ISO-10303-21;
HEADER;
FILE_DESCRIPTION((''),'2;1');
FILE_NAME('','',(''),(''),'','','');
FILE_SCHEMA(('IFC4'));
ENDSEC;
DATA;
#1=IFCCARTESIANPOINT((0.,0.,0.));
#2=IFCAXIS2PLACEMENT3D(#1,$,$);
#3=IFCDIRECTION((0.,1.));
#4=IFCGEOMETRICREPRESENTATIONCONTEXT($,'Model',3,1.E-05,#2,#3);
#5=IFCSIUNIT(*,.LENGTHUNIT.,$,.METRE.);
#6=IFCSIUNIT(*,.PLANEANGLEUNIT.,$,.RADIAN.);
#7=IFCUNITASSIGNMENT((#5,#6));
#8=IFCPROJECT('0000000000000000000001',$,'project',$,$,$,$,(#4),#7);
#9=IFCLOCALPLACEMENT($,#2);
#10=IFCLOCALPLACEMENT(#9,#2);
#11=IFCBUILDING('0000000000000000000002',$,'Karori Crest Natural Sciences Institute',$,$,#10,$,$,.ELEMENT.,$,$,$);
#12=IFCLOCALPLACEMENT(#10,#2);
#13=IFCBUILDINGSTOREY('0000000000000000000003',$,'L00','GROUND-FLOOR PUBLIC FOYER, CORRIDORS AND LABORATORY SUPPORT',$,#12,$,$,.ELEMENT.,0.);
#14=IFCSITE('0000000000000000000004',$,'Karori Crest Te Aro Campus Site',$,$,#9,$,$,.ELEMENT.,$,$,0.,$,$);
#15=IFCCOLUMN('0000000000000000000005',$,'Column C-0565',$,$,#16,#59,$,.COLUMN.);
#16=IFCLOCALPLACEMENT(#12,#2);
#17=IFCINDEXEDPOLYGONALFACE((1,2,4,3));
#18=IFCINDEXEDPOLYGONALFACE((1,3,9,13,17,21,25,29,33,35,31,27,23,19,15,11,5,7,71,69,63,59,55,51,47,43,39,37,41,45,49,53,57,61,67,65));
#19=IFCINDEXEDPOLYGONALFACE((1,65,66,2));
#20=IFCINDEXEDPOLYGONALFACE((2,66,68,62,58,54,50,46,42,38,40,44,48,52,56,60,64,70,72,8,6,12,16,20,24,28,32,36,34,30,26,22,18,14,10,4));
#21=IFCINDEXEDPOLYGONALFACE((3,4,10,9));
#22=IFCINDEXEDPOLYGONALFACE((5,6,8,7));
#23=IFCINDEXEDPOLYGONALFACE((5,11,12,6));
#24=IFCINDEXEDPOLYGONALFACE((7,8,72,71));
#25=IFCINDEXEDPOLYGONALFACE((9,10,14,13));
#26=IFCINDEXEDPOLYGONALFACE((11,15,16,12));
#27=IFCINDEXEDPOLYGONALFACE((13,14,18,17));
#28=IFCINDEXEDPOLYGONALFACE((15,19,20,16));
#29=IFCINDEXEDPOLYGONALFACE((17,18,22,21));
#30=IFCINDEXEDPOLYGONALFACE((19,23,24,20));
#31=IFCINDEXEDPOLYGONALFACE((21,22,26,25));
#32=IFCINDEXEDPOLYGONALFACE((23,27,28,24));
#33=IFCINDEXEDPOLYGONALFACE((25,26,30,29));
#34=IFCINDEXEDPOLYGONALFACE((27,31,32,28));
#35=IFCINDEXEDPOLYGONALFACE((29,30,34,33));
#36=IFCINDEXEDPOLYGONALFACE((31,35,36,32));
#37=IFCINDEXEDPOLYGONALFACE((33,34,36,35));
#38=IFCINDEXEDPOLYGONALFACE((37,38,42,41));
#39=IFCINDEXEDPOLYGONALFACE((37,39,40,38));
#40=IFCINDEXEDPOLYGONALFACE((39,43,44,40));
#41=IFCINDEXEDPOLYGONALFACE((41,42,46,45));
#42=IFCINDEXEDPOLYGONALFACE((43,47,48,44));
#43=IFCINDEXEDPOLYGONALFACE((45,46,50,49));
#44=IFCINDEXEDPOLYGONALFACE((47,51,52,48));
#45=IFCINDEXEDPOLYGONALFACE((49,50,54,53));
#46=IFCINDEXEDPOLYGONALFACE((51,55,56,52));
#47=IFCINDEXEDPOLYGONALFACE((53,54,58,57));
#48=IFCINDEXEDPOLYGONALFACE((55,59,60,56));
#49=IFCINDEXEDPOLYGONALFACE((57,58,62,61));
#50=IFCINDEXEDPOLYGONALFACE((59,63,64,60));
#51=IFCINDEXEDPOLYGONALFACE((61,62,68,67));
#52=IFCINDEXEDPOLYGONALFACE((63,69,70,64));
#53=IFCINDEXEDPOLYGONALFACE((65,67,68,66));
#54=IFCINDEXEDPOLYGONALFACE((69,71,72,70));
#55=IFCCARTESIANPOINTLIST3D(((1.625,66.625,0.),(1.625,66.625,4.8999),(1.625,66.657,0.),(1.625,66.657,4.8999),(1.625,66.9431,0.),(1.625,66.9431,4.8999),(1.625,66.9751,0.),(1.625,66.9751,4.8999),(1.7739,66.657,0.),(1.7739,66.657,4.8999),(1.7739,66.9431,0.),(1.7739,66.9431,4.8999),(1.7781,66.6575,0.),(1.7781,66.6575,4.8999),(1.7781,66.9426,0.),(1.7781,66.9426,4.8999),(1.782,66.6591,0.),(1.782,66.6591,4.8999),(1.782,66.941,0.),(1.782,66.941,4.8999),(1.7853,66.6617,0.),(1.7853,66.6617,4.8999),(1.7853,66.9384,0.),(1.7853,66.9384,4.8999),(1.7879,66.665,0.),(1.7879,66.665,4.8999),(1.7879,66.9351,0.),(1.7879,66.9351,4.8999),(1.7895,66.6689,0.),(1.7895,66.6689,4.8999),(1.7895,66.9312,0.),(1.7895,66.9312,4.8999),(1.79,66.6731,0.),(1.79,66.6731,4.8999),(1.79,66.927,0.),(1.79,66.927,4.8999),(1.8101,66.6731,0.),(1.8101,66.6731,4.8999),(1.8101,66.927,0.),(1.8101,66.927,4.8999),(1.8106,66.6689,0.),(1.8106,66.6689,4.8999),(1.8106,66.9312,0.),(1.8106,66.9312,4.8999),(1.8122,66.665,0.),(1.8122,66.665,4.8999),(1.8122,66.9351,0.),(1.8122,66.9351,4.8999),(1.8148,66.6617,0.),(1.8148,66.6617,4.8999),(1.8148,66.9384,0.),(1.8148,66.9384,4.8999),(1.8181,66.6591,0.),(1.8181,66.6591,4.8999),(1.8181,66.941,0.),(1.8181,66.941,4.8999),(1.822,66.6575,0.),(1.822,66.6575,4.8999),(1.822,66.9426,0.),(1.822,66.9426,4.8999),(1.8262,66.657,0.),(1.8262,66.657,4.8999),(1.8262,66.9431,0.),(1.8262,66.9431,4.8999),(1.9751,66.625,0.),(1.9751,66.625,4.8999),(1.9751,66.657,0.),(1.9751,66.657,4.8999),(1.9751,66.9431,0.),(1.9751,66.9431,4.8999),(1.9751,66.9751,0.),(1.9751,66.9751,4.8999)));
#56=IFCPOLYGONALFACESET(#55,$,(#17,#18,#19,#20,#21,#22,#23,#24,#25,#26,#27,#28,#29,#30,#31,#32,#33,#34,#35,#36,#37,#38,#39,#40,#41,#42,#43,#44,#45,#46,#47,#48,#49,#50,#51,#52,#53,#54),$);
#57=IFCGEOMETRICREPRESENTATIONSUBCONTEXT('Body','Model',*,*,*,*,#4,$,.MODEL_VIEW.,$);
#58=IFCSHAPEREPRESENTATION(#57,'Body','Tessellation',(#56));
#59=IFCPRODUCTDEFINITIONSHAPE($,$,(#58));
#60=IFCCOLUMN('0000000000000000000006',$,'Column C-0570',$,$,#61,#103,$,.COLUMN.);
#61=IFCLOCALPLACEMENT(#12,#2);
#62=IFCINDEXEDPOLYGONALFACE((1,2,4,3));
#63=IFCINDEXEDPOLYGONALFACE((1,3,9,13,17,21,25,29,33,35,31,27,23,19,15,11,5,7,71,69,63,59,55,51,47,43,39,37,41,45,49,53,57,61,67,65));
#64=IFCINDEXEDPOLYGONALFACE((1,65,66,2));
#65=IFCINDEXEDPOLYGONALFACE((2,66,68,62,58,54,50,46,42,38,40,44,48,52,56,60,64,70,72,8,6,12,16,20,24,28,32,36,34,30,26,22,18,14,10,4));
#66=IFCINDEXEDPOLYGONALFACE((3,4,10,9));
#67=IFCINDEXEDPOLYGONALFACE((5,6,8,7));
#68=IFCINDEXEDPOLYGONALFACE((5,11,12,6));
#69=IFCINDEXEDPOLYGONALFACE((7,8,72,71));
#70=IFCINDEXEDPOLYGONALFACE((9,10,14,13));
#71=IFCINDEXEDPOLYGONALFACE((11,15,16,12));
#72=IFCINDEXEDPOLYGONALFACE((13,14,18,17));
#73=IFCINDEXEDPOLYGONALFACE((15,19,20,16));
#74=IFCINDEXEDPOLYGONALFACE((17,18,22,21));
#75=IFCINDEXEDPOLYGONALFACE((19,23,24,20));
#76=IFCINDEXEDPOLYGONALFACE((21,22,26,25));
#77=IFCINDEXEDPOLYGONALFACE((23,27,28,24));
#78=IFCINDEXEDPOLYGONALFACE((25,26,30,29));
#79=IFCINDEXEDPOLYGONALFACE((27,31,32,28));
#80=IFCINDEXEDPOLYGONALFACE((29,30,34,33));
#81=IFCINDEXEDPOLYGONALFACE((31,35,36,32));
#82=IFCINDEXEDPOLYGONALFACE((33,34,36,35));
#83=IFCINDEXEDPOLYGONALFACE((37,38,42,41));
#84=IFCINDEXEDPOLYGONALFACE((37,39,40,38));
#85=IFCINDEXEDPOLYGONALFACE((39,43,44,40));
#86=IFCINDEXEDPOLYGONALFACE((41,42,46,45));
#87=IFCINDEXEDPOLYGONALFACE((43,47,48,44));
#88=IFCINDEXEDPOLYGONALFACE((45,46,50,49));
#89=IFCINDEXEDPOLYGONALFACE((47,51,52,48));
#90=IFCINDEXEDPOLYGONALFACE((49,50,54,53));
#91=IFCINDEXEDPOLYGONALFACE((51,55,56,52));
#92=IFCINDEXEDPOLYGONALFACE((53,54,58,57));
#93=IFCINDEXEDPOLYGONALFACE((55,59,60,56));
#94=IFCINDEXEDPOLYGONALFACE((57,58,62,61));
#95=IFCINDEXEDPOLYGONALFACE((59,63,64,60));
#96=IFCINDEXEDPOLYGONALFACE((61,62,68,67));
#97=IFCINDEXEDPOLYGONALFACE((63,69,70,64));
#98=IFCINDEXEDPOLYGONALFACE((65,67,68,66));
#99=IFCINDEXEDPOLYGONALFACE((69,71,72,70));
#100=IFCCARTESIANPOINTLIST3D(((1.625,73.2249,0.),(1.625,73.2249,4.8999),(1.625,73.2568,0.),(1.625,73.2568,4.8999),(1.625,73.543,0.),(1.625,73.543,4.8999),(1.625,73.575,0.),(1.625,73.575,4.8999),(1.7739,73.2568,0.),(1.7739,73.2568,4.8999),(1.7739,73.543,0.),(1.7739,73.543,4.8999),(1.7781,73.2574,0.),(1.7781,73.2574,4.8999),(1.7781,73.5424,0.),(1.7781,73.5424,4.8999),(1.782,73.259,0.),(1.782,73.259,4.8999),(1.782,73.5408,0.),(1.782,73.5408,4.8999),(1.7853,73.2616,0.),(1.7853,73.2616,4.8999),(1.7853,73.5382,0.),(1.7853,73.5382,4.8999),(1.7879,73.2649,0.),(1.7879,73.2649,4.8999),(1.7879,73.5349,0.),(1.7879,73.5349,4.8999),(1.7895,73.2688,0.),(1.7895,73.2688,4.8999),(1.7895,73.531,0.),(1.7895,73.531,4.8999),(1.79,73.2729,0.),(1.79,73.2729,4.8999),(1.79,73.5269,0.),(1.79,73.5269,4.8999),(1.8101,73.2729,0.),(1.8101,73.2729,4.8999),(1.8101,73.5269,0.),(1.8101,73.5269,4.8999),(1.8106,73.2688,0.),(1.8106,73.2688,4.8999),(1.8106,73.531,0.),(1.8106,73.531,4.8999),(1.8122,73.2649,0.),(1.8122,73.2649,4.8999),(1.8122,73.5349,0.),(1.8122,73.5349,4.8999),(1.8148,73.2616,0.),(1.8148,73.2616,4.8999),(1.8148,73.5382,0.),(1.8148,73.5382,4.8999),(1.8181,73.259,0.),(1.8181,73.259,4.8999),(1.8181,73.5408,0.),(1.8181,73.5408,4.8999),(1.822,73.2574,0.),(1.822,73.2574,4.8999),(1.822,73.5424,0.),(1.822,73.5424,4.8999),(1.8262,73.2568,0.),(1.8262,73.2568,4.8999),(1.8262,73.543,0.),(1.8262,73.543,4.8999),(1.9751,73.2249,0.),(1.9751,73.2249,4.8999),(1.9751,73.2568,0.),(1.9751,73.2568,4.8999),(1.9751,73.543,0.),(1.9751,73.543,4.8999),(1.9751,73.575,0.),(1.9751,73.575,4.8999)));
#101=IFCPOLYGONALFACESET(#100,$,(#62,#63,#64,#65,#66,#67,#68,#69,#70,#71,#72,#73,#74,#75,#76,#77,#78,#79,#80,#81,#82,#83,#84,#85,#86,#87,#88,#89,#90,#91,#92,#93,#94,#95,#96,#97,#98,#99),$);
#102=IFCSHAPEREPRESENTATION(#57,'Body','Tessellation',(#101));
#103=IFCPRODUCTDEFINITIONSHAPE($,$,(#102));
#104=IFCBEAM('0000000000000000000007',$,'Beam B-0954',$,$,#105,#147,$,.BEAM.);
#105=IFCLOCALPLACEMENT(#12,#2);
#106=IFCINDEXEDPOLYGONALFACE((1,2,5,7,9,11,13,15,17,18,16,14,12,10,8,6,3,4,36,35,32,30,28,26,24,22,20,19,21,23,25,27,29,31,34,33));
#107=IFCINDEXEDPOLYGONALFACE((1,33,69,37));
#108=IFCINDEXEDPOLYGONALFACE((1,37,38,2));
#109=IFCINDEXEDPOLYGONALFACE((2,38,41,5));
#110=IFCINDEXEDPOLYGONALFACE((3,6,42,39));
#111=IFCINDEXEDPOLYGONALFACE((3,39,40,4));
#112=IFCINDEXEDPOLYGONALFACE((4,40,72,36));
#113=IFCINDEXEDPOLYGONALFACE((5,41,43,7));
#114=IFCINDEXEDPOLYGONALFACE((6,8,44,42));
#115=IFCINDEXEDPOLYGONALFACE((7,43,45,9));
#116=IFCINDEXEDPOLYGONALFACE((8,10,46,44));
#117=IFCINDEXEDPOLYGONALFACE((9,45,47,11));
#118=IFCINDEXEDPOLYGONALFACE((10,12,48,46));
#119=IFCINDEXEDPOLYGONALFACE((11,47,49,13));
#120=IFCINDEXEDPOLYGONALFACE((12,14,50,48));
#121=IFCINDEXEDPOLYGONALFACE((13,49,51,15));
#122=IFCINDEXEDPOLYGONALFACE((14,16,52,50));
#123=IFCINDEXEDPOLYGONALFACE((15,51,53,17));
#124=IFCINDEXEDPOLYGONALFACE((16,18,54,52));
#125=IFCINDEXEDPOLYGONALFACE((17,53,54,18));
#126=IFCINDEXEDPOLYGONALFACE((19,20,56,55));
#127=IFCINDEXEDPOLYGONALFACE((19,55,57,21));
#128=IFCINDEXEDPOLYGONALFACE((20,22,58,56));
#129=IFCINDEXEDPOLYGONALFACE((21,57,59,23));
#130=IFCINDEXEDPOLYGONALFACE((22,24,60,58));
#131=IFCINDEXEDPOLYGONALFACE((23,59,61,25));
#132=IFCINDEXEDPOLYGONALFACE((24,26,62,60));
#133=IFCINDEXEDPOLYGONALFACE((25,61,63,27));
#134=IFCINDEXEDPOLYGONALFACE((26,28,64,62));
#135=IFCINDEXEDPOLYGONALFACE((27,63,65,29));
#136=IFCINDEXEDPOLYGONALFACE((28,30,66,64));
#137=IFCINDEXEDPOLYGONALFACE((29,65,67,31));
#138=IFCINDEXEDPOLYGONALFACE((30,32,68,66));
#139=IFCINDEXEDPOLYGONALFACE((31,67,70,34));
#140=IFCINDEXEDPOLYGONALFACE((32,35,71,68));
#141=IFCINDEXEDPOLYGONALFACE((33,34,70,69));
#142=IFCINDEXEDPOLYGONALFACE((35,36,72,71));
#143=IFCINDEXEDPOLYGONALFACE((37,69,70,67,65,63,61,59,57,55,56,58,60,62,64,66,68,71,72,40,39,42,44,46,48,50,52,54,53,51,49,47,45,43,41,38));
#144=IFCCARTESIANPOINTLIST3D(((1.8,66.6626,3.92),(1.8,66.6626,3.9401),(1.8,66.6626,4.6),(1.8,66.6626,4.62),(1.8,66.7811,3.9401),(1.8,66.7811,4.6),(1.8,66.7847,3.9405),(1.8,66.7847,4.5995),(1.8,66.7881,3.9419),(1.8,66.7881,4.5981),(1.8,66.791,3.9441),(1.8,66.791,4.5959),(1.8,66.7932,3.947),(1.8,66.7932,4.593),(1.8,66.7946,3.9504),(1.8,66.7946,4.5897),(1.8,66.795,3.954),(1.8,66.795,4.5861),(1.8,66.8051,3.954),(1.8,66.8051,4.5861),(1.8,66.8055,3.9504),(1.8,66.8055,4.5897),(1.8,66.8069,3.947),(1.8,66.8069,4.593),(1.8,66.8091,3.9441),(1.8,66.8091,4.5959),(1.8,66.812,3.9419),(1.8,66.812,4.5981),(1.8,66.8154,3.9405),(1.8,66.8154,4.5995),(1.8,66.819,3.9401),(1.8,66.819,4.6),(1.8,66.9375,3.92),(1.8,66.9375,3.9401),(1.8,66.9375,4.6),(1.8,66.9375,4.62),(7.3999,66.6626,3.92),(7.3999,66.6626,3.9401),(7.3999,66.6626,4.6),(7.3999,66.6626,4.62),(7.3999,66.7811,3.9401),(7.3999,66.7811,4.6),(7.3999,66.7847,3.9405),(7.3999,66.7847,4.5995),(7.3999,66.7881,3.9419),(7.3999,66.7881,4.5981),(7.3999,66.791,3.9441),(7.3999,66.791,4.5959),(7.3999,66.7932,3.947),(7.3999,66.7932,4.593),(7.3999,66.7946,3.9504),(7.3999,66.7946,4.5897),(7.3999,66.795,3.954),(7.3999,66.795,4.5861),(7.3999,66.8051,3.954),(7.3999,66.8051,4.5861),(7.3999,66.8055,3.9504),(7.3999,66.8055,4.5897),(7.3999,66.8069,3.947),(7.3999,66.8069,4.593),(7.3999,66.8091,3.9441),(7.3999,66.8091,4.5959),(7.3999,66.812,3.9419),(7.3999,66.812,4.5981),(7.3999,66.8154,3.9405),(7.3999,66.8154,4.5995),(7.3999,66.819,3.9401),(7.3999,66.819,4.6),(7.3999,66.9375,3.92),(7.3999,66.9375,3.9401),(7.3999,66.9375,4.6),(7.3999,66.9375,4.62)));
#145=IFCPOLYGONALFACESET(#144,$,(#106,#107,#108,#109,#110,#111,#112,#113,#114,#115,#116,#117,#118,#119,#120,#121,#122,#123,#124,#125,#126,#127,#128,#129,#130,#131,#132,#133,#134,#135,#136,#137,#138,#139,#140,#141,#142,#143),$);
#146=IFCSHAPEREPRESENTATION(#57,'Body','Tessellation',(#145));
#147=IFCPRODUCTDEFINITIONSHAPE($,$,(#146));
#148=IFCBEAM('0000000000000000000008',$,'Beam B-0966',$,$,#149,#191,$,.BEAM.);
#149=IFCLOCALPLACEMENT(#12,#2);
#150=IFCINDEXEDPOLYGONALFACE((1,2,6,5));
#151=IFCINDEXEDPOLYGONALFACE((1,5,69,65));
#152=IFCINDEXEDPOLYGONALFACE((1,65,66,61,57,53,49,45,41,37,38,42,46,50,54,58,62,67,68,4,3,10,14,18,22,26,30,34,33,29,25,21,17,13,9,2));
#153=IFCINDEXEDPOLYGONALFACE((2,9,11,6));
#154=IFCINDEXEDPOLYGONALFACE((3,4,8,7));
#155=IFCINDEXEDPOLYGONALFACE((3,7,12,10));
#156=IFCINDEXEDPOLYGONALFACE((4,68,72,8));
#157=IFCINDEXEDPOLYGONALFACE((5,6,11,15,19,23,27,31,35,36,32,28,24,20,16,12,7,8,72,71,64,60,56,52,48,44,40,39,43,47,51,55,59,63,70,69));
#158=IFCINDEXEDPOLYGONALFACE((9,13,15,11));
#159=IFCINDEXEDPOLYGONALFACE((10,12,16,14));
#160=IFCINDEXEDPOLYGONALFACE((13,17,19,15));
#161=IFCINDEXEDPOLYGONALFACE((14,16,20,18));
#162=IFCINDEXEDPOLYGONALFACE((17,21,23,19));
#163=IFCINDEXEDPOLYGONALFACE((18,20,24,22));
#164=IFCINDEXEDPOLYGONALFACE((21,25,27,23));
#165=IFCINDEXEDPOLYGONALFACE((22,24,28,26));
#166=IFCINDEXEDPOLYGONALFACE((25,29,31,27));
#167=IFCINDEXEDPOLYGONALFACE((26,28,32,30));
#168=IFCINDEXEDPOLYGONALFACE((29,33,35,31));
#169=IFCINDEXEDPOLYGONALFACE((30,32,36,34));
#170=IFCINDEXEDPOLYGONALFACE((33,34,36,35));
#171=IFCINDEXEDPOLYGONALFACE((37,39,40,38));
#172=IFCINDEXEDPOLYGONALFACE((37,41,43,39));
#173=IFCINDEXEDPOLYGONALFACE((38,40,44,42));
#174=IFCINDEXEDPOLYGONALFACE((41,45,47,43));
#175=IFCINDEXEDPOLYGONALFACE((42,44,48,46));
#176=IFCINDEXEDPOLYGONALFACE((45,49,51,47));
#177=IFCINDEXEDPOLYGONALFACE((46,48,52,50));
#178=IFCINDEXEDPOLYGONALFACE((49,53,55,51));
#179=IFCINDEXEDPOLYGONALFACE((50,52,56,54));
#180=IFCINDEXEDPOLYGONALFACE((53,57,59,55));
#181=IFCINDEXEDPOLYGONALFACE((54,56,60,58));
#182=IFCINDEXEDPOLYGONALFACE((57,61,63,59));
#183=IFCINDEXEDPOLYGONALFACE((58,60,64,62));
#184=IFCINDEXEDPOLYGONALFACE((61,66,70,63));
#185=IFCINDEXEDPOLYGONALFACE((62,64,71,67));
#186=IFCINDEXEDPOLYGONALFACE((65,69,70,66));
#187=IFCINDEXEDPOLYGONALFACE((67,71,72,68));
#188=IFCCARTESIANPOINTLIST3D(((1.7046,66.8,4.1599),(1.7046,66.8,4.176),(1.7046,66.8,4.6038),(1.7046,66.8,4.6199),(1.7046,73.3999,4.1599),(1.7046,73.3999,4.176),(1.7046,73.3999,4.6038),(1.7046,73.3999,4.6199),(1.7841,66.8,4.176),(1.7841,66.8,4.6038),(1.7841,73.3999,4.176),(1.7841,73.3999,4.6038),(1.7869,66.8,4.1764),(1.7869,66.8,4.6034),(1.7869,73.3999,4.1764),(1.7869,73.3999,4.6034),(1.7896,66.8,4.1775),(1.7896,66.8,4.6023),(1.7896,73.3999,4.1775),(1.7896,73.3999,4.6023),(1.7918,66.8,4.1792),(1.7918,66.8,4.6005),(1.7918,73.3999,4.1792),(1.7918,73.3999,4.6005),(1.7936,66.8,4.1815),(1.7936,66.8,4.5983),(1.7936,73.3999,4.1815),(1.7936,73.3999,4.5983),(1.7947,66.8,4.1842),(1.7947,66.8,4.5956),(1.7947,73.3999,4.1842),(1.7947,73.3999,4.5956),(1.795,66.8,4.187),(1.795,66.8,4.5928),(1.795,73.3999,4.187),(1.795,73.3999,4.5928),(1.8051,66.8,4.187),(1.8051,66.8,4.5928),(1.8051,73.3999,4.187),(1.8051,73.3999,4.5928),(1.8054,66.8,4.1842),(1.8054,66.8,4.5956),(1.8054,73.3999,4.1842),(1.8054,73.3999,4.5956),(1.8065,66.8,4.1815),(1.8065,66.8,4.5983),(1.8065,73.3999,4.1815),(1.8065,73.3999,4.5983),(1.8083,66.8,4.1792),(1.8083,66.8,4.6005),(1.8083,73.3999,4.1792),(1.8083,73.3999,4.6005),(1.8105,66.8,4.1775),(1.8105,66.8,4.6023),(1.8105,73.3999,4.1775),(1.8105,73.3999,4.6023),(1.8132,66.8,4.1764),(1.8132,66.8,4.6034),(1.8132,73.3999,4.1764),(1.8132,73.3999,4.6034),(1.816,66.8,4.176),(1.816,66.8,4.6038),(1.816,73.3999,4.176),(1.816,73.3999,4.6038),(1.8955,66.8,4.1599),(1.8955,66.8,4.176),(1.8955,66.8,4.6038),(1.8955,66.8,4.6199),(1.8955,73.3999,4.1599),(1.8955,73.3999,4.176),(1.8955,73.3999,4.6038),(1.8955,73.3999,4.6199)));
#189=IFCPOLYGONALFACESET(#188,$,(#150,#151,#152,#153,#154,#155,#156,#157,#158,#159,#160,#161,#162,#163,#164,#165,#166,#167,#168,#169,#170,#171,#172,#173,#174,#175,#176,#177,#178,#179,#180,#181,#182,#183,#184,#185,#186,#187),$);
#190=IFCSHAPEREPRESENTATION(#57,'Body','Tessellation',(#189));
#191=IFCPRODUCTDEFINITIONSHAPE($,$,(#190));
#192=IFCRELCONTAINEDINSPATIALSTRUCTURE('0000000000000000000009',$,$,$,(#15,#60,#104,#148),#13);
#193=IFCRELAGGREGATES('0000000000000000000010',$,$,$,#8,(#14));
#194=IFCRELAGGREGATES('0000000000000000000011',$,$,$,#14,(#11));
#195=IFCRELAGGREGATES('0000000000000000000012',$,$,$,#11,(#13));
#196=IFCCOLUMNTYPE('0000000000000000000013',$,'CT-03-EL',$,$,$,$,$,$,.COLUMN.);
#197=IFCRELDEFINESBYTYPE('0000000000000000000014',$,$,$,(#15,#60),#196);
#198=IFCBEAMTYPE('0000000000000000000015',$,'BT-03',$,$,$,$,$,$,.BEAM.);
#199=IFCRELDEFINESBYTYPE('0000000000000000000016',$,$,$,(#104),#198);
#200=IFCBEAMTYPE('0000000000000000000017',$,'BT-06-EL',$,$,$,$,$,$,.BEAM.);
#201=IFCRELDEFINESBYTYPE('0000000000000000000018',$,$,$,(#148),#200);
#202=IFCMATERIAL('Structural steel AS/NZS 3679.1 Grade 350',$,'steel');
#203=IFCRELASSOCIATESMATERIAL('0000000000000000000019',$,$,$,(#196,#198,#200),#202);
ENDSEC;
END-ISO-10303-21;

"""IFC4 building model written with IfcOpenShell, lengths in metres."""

from ifc_helpers import new_model, si_unit, direction, frame, origin, origin_2d, place, context, subcontext, project, spatial, i_section, extrude, material, material_profile, profile_set, type_object, element, save


model = new_model("IFC4")

# Units and contexts
model_context = context("Model", 3, precision=1e-05, world=origin(), true_north=direction((0.0, 1.0)))
body_context = subcontext(model_context, "Body", "Model", "MODEL_VIEW")
ifc_project = project(units=[si_unit("LENGTHUNIT", "METRE"), si_unit("PLANEANGLEUNIT", "RADIAN")], contexts=[model_context])

# Site, building, storey
site_placement = place(None, origin())
site = spatial("IfcSite", under=ifc_project, at=site_placement, Name="Karori Crest Te Aro Campus Site", CompositionType="ELEMENT", RefElevation=0.0)
building_placement = place(site_placement, origin())
building = spatial("IfcBuilding", under=site, at=building_placement, Name="Karori Crest Natural Sciences Institute", CompositionType="ELEMENT")
storey_placement = place(building_placement, origin())
storey = spatial("IfcBuildingStorey", under=building, at=storey_placement, Name="L00", Description="GROUND-FLOOR PUBLIC FOYER, CORRIDORS AND LABORATORY SUPPORT", CompositionType="ELEMENT", Elevation=0.0)

# Columns
ifc_material_1 = material(Name="Structural steel AS/NZS 3679.1 Grade 350", Category="steel")
ifc_material_profile_1 = material_profile(ifc_material_1, i_section(OverallWidth=0.3501, OverallDepth=0.3501, WebThickness=0.02, FlangeThickness=0.032, FilletRadius=0.0161, at=origin_2d()), Name="350WC280")
ifc_profile_set_1 = profile_set([ifc_material_profile_1], Name="Structural steel AS/NZS 3679.1 Grade 350")
column_type = type_object("IfcColumnType", Name="CT-03-EL", PredefinedType="COLUMN", material=ifc_profile_set_1)
for number, where, z_axis, x_axis, name in (
    (1, (1.8, 66.8, 0.0), (0.0, 0.0, 1.0), (1.0, 0.0, 0.0), "Column C-0565"),
    (2, (1.8, 73.3999, 0.0), (0.0, 0.0, 1.0), (1.0, 0.0, 0.0), "Column C-0570"),
):
    element("IfcColumn", number, at=place(storey_placement, frame(where, z_axis=z_axis, x_axis=x_axis)), inside=storey, type_object=column_type, Name=name, PredefinedType="COLUMN", context=body_context, shape_type="SweptSolid", body=[
        extrude(i_section(OverallWidth=0.3501, OverallDepth=0.3501, WebThickness=0.02, FlangeThickness=0.032, FilletRadius=0.0161, at=origin_2d()), origin(), (0.0, 0.0, 1.0), 4.8999),
    ])

# Beams
ifc_material_profile_2 = material_profile(ifc_material_1, i_section(OverallWidth=0.2749, OverallDepth=0.7, WebThickness=0.01, FlangeThickness=0.02, FilletRadius=0.0139, at=origin_2d()), Name="700WB150")
ifc_profile_set_2 = profile_set([ifc_material_profile_2], Name="Structural steel AS/NZS 3679.1 Grade 350")
beam_type_1 = type_object("IfcBeamType", Name="BT-03", PredefinedType="BEAM", material=ifc_profile_set_2)
beam_1_placement = place(storey_placement, frame((1.8, 66.8, 4.27), z_axis=(1.0, 0.0, 0.0), x_axis=(0.0, 1.0, 0.0)))
element("IfcBeam", 3, at=beam_1_placement, inside=storey, type_object=beam_type_1, Name="Beam B-0954", PredefinedType="BEAM", context=body_context, shape_type="SweptSolid", body=[
    extrude(i_section(OverallWidth=0.2749, OverallDepth=0.7, WebThickness=0.01, FlangeThickness=0.02, FilletRadius=0.0139, at=origin_2d()), origin(), (0.0, 0.0, 1.0), 5.5999),
])
ifc_material_profile_3 = material_profile(ifc_material_1, i_section(OverallWidth=0.1909, OverallDepth=0.46, WebThickness=0.01, FlangeThickness=0.0161, FilletRadius=0.011, at=origin_2d()), Name="460UB82.1")
ifc_profile_set_3 = profile_set([ifc_material_profile_3], Name="Structural steel AS/NZS 3679.1 Grade 350")
beam_type_2 = type_object("IfcBeamType", Name="BT-06-EL", PredefinedType="BEAM", material=ifc_profile_set_3)
beam_2_placement = place(storey_placement, frame((1.8, 66.8, 4.3899), z_axis=(0.0, 1.0, 0.0), x_axis=(-1.0, 0.0, 0.0)))
element("IfcBeam", 4, at=beam_2_placement, inside=storey, type_object=beam_type_2, Name="Beam B-0966", PredefinedType="BEAM", context=body_context, shape_type="SweptSolid", body=[
    extrude(i_section(OverallWidth=0.1909, OverallDepth=0.46, WebThickness=0.01, FlangeThickness=0.0161, FilletRadius=0.011, at=origin_2d()), origin(), (0.0, 0.0, 1.0), 6.5999),
])

save(model, "model.ifc")
